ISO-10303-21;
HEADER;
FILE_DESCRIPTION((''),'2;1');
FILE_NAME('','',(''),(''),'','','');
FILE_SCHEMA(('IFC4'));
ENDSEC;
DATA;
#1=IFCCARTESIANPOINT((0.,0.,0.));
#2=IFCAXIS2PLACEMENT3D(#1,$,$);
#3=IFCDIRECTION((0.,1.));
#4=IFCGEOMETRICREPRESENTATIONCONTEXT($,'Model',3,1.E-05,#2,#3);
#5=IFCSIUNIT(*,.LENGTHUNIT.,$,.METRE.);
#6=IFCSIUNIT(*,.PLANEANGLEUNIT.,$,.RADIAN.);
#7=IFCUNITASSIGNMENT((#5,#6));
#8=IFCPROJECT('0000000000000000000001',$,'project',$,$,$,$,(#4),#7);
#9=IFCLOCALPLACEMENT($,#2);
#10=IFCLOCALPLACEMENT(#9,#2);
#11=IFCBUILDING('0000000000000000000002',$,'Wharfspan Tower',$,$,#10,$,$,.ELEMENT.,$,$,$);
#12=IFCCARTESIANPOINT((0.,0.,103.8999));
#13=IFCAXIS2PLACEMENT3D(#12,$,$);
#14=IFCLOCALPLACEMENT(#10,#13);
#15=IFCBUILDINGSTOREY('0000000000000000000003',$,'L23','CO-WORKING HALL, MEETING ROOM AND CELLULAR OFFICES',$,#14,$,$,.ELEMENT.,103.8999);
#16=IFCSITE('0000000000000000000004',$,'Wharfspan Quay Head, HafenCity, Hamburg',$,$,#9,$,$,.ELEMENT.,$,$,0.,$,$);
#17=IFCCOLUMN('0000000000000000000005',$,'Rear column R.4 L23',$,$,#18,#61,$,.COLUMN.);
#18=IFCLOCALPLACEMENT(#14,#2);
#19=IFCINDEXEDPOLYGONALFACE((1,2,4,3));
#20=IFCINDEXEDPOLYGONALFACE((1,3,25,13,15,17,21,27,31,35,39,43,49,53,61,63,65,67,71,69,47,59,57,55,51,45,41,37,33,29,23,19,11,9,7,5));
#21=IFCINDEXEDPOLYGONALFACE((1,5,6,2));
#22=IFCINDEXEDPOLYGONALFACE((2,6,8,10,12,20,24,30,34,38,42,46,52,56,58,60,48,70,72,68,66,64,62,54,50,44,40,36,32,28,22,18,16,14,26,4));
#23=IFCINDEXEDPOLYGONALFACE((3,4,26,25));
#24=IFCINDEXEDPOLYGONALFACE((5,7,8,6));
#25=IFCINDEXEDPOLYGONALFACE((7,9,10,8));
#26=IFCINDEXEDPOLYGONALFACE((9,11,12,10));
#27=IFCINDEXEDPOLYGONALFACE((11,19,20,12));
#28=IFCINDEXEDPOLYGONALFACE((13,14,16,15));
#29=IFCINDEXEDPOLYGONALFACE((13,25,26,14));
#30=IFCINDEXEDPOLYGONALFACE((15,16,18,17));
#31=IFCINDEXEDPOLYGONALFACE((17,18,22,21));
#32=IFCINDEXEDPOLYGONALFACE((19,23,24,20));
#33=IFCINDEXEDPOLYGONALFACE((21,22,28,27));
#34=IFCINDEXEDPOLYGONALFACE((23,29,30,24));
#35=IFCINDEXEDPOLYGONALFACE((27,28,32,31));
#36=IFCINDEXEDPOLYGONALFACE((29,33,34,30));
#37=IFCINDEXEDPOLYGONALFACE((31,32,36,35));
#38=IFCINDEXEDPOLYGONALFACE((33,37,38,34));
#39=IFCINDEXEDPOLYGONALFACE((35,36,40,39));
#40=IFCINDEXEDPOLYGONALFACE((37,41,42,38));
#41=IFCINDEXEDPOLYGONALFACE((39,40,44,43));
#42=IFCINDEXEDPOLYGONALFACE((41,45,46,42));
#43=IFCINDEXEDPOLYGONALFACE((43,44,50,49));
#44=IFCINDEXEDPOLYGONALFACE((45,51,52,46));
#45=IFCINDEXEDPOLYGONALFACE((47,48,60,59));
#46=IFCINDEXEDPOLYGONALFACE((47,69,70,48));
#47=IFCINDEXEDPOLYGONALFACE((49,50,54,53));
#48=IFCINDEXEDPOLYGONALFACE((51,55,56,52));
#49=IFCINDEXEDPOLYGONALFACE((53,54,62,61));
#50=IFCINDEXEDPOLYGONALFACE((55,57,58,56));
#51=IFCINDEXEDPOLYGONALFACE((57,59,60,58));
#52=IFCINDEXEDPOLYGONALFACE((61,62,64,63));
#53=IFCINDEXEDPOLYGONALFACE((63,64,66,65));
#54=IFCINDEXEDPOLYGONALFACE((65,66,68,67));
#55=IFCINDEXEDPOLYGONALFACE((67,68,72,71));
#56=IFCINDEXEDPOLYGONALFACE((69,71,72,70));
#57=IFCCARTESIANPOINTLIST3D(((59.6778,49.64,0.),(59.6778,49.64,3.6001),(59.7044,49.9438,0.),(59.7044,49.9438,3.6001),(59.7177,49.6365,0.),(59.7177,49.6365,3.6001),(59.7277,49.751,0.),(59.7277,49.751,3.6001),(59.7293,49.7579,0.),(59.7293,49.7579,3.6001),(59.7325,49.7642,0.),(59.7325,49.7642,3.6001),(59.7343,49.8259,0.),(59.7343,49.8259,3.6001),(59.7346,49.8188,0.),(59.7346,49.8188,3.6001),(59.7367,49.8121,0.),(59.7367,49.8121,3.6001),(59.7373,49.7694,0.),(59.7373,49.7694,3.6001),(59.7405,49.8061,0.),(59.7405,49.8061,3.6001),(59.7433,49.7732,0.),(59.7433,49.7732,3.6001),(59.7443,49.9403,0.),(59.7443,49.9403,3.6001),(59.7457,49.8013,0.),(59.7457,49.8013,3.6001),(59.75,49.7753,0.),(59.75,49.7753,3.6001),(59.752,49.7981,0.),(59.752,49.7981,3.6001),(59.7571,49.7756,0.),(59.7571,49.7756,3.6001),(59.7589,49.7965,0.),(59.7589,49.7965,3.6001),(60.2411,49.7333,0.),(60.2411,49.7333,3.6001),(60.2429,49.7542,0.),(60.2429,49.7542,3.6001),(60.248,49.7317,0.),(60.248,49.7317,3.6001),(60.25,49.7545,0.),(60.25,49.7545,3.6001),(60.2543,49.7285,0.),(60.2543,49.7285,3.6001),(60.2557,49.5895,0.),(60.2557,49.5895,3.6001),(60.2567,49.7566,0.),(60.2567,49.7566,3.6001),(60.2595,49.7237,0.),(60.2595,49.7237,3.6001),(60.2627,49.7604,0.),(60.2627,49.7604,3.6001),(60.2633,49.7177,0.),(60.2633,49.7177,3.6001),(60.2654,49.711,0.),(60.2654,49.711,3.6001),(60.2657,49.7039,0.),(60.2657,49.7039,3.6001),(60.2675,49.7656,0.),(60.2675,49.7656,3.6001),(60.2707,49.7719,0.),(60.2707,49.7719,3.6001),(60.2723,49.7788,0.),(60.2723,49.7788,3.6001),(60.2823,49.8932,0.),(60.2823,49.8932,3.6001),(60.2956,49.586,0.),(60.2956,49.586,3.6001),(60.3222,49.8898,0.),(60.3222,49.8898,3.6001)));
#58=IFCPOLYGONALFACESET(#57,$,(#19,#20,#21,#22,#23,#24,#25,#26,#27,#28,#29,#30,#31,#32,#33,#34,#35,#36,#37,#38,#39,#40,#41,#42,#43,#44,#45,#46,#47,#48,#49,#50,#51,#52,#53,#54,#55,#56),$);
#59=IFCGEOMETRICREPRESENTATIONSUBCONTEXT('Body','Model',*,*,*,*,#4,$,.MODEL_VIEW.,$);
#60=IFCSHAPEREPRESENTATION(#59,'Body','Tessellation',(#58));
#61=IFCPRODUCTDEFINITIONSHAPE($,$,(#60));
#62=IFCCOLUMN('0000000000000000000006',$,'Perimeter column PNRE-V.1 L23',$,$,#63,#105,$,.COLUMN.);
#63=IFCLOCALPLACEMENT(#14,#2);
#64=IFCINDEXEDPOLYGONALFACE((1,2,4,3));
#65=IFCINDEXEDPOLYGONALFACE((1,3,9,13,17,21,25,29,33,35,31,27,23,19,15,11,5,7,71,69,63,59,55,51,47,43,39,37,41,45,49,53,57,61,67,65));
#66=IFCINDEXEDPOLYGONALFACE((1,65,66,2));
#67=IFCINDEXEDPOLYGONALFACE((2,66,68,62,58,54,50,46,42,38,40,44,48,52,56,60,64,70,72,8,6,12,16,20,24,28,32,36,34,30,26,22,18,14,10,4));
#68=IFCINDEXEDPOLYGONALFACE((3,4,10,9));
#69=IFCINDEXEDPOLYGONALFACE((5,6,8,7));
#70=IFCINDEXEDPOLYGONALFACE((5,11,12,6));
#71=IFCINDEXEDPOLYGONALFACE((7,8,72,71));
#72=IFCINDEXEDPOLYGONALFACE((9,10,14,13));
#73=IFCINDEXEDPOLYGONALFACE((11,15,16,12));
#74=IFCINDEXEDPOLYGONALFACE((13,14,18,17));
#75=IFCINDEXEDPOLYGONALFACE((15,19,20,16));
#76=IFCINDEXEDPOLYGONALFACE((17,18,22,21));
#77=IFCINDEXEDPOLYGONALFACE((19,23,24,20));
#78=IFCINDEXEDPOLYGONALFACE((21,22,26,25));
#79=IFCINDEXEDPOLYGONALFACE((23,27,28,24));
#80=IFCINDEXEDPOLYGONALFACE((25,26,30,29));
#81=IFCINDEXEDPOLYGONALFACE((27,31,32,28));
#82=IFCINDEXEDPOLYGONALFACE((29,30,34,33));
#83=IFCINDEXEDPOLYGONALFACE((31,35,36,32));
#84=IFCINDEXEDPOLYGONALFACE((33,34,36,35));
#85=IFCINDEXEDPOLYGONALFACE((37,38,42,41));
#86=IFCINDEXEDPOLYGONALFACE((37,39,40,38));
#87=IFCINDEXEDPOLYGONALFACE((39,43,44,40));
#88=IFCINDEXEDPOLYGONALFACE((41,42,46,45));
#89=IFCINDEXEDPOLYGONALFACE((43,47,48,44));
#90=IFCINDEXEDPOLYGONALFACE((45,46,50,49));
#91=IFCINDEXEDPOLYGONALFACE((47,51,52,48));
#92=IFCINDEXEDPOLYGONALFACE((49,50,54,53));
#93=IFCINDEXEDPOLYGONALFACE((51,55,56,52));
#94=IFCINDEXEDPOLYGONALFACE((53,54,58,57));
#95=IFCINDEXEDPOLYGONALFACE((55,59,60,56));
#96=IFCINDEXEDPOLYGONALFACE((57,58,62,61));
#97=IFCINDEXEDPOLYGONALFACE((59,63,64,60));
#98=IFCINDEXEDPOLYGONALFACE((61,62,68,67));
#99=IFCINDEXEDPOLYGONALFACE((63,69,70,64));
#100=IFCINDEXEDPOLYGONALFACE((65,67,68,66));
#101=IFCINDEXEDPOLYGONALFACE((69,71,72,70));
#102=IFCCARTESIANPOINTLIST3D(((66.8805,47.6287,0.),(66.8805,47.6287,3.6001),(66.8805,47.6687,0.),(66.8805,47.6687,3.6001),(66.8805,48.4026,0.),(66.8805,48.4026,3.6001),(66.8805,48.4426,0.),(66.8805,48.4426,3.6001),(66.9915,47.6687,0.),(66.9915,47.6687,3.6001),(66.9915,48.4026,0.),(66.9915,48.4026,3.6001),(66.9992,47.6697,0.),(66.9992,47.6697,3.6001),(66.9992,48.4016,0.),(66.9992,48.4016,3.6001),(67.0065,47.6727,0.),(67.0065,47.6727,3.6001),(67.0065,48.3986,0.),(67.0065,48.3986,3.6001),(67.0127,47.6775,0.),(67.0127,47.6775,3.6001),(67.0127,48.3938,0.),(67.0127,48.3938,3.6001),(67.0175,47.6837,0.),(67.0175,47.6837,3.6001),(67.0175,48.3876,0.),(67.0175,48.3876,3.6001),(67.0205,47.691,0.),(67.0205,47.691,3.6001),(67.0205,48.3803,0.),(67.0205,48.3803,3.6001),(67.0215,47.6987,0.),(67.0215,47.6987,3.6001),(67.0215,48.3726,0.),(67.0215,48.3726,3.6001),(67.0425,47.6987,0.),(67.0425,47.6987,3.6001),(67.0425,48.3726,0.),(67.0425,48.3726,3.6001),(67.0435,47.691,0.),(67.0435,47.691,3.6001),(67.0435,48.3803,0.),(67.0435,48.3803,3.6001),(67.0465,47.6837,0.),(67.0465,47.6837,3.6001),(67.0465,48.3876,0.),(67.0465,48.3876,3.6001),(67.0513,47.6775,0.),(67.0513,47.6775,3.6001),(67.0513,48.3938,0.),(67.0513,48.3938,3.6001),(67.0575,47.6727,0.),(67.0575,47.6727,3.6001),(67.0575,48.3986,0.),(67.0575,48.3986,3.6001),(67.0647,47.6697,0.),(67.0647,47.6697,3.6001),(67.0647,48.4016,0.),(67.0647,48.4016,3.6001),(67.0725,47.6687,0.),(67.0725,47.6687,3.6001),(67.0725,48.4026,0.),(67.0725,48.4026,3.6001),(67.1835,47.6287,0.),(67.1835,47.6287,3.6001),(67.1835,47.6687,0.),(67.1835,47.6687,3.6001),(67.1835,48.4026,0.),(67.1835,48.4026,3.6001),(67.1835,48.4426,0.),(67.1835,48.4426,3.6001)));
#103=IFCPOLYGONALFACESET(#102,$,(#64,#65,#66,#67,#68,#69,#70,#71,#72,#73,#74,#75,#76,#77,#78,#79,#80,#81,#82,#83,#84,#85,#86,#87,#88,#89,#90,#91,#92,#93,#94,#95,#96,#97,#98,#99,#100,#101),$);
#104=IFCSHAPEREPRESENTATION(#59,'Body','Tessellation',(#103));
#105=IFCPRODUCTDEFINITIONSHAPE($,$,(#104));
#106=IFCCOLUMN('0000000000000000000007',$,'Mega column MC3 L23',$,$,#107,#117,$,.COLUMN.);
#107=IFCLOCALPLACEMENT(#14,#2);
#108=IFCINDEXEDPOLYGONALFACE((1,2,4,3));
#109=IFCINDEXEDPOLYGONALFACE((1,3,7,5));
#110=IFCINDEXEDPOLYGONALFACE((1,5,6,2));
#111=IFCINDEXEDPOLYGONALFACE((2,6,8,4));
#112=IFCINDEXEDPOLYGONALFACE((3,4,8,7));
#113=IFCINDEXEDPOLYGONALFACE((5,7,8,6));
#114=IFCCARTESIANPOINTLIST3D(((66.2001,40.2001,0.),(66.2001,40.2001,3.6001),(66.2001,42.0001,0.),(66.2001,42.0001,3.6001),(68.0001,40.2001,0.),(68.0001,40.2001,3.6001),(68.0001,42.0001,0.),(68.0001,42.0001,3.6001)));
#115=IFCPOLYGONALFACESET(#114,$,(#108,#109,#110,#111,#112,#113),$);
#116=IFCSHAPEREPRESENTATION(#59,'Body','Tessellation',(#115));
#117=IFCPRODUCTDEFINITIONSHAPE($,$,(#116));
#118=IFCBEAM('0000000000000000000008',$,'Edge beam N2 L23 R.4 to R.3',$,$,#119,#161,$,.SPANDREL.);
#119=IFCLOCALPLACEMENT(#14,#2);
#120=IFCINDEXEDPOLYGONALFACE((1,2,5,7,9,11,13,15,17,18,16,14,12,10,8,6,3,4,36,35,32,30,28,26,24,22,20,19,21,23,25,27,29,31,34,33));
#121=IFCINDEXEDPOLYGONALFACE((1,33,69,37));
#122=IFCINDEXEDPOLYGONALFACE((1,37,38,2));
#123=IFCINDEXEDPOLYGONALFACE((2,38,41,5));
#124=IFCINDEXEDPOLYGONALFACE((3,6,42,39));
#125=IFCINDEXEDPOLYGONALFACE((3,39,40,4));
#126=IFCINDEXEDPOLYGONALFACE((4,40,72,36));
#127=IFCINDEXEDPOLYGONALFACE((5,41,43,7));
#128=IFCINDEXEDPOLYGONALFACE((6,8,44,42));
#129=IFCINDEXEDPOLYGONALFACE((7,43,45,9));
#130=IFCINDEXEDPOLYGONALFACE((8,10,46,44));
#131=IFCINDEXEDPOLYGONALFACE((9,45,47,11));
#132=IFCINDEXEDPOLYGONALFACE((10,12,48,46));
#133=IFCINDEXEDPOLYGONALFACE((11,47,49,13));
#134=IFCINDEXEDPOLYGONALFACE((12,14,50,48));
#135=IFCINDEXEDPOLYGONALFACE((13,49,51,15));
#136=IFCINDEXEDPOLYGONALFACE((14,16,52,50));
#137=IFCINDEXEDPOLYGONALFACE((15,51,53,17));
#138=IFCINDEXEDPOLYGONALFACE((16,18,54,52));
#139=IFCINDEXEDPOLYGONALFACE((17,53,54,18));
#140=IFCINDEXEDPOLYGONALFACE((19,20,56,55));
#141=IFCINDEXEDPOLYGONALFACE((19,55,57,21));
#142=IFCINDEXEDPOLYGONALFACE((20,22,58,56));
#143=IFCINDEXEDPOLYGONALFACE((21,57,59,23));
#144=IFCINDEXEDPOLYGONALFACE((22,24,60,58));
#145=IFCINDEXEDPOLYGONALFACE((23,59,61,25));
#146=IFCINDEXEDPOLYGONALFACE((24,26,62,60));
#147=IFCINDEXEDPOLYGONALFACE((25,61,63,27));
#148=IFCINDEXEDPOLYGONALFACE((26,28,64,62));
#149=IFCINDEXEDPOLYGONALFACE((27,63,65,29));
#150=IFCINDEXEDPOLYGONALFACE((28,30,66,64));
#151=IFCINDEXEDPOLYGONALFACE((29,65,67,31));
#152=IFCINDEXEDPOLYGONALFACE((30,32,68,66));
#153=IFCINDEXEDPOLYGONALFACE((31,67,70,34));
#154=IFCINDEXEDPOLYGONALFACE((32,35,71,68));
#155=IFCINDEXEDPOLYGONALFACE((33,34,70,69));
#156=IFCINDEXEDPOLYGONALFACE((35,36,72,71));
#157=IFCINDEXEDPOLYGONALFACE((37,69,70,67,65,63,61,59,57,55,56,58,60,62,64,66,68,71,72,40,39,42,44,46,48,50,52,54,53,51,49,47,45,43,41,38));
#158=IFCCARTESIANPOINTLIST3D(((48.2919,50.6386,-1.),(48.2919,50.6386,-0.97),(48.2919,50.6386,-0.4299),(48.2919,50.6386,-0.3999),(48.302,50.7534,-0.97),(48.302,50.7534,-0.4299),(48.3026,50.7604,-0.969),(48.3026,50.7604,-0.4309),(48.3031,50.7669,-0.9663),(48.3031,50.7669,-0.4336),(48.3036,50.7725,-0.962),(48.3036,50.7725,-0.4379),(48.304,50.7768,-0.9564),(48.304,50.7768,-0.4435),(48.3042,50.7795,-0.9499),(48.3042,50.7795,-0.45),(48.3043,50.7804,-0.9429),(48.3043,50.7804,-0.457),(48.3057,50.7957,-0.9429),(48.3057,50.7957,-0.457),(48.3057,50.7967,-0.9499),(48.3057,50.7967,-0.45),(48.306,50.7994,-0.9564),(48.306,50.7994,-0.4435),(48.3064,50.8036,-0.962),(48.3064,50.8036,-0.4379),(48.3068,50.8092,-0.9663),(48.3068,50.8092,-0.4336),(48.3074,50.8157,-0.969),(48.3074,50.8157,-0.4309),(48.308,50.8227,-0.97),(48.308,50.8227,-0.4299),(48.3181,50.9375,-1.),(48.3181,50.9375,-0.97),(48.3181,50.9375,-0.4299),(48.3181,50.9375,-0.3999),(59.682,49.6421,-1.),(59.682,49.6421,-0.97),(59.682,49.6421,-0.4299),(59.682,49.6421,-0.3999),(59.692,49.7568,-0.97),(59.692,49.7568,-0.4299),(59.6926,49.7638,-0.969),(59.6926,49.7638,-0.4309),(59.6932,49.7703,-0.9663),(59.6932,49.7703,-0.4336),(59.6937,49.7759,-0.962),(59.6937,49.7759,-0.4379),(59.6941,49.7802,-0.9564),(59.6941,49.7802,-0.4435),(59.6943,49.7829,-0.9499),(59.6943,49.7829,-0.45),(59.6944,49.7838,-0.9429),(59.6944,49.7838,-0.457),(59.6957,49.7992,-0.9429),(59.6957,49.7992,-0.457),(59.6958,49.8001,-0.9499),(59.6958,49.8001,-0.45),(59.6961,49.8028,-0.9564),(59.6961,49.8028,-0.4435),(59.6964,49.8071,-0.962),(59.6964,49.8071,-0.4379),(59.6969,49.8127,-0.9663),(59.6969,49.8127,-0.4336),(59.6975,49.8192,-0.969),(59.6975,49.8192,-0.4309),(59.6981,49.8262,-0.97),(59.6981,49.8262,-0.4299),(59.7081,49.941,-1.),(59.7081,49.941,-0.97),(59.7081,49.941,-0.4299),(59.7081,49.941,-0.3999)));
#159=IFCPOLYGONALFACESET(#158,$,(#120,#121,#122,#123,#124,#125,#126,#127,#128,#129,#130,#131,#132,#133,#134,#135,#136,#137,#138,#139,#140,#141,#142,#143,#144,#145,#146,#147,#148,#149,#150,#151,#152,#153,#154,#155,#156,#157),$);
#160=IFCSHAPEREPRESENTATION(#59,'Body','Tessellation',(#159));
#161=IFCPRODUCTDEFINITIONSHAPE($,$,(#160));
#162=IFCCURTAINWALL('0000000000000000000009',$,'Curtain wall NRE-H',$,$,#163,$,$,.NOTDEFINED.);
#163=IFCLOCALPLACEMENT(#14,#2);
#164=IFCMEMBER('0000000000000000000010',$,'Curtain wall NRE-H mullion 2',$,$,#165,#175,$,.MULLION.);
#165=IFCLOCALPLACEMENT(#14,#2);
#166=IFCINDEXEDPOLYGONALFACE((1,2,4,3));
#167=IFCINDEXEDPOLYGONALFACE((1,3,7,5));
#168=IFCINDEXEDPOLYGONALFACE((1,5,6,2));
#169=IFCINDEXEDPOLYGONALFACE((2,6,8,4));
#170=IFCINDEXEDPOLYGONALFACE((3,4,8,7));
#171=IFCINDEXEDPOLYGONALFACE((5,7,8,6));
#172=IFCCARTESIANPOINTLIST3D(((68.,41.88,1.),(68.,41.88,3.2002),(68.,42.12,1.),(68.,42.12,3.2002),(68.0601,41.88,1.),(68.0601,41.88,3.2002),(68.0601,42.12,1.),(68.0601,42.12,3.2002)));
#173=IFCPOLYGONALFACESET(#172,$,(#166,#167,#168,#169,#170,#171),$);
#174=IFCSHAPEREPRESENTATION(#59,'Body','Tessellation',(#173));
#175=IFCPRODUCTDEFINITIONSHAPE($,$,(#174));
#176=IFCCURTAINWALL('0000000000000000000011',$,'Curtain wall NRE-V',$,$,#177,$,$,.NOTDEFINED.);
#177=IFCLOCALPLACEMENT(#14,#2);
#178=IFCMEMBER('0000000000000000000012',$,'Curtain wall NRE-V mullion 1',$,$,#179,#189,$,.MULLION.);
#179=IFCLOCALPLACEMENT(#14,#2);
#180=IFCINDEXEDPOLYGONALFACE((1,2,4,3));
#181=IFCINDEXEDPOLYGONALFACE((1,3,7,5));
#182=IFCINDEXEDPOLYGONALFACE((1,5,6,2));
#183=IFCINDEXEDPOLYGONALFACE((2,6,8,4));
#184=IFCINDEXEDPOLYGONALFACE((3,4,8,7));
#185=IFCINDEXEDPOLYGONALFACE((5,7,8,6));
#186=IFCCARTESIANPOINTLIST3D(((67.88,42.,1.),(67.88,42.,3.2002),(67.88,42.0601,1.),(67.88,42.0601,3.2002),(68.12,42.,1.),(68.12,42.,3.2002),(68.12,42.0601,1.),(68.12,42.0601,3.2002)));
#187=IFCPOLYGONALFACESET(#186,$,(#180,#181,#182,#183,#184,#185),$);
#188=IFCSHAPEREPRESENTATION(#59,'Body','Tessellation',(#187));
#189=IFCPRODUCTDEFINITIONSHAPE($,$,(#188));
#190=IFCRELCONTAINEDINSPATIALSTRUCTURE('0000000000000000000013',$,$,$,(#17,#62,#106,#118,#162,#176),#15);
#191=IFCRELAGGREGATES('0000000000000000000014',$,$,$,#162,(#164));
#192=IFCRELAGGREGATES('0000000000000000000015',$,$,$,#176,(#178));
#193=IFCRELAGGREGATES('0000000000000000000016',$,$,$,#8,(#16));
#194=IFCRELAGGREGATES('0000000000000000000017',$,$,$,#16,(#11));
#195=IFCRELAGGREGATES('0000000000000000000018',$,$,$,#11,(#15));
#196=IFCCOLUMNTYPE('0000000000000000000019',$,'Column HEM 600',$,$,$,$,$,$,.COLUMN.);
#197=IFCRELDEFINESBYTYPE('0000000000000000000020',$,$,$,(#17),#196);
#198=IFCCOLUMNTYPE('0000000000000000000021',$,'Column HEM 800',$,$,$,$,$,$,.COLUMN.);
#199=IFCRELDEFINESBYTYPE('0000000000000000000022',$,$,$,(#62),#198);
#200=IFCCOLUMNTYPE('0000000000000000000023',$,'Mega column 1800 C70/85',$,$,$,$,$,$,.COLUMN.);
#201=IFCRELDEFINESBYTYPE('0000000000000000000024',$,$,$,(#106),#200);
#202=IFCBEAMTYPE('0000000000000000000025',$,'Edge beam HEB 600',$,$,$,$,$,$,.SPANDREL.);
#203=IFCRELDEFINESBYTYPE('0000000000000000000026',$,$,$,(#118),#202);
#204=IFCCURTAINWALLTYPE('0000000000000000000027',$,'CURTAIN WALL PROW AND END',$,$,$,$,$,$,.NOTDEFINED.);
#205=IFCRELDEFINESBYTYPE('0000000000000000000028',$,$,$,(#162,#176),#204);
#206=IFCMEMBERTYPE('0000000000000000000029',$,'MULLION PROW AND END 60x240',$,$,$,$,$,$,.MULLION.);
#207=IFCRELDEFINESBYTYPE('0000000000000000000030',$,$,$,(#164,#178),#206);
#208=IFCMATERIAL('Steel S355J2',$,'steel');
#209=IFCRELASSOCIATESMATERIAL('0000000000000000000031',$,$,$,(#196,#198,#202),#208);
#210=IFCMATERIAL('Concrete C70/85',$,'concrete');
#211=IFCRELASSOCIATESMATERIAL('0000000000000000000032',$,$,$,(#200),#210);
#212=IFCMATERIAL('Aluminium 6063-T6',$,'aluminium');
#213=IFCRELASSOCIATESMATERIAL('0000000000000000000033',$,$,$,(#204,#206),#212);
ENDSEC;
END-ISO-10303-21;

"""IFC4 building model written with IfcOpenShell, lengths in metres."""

from ifc_helpers import new_model, si_unit, direction, frame, origin, origin_2d, place, context, subcontext, project, spatial, rectangle, i_section, extrude, material, material_profile, profile_set, type_object, element, aggregate, save


model = new_model("IFC4")

# Units and contexts
model_context = context("Model", 3, precision=1e-05, world=origin(), true_north=direction((0.0, 1.0)))
body_context = subcontext(model_context, "Body", "Model", "MODEL_VIEW")
ifc_project = project(units=[si_unit("LENGTHUNIT", "METRE"), si_unit("PLANEANGLEUNIT", "RADIAN")], contexts=[model_context])

# Site, building, storey
site_placement = place(None, origin())
site = spatial("IfcSite", under=ifc_project, at=site_placement, Name="Wharfspan Quay Head, HafenCity, Hamburg", CompositionType="ELEMENT", RefElevation=0.0)
building_placement = place(site_placement, origin())
building = spatial("IfcBuilding", under=site, at=building_placement, Name="Wharfspan Tower", CompositionType="ELEMENT")
storey_placement = place(building_placement, frame((0.0, 0.0, 103.8999)))
storey = spatial("IfcBuildingStorey", under=building, at=storey_placement, Name="L23", Description="CO-WORKING HALL, MEETING ROOM AND CELLULAR OFFICES", CompositionType="ELEMENT", Elevation=103.8999)

# Columns
ifc_material_1 = material(Name="Steel S355J2", Category="steel")
ifc_material_profile_1 = material_profile(ifc_material_1, i_section(OverallWidth=0.3049, OverallDepth=0.6201, WebThickness=0.021, FlangeThickness=0.04, FilletRadius=0.0271, at=origin_2d()))
ifc_profile_set_1 = profile_set([ifc_material_profile_1], Name="Steel S355J2")
column_type_1 = type_object("IfcColumnType", Name="Column HEM 600", PredefinedType="COLUMN", material=ifc_profile_set_1)
column_1_placement = place(storey_placement, frame((60.0, 49.7649, 0.0), z_axis=(0.0, 0.0, 1.0), x_axis=(0.087156, 0.996198, 0.0)))
element("IfcColumn", 1, at=column_1_placement, inside=storey, type_object=column_type_1, Name="Rear column R.4 L23", PredefinedType="COLUMN", context=body_context, shape_type="SweptSolid", body=[
    extrude(i_section(OverallWidth=0.3049, OverallDepth=0.6201, WebThickness=0.021, FlangeThickness=0.04, FilletRadius=0.0271, at=origin_2d()), origin(), (0.0, 0.0, 1.0), 3.6001),
])
ifc_material_profile_2 = material_profile(ifc_material_1, i_section(OverallWidth=0.303, OverallDepth=0.814, WebThickness=0.021, FlangeThickness=0.04, FilletRadius=0.03, at=origin_2d()))
ifc_profile_set_2 = profile_set([ifc_material_profile_2], Name="Steel S355J2")
column_type_2 = type_object("IfcColumnType", Name="Column HEM 800", PredefinedType="COLUMN", material=ifc_profile_set_2)
column_2_placement = place(storey_placement, frame((67.032, 48.0356, 0.0), z_axis=(0.0, 0.0, 1.0), x_axis=(1.0, 0.0, 0.0)))
element("IfcColumn", 2, at=column_2_placement, inside=storey, type_object=column_type_2, Name="Perimeter column PNRE-V.1 L23", PredefinedType="COLUMN", context=body_context, shape_type="SweptSolid", body=[
    extrude(i_section(OverallWidth=0.303, OverallDepth=0.814, WebThickness=0.021, FlangeThickness=0.04, FilletRadius=0.03, at=origin_2d()), origin(), (0.0, 0.0, 1.0), 3.6001),
])
ifc_material_2 = material(Name="Concrete C70/85", Category="concrete")
ifc_material_profile_3 = material_profile(ifc_material_2, rectangle(XDim=1.8, YDim=1.8, at=origin_2d()))
ifc_profile_set_3 = profile_set([ifc_material_profile_3], Name="Concrete C70/85")
column_type_3 = type_object("IfcColumnType", Name="Mega column 1800 C70/85", PredefinedType="COLUMN", material=ifc_profile_set_3)
column_3_placement = place(storey_placement, frame((67.1001, 41.1001, 0.0), z_axis=(0.0, 0.0, 1.0), x_axis=(1.0, 0.0, 0.0)))
element("IfcColumn", 3, at=column_3_placement, inside=storey, type_object=column_type_3, Name="Mega column MC3 L23", PredefinedType="COLUMN", context=body_context, shape_type="SweptSolid", body=[
    extrude(rectangle(XDim=1.8, YDim=1.8, at=origin_2d()), origin(), (0.0, 0.0, 1.0), 3.6001),
])

# Beam
ifc_material_profile_4 = material_profile(ifc_material_1, i_section(OverallWidth=0.3, OverallDepth=0.6001, WebThickness=0.0154, FlangeThickness=0.03, FilletRadius=0.0271, at=origin_2d()))
ifc_profile_set_4 = profile_set([ifc_material_profile_4], Name="Steel S355J2")
beam_type = type_object("IfcBeamType", Name="Edge beam HEB 600", PredefinedType="SPANDREL", material=ifc_profile_set_4)
beam_placement = place(storey_placement, frame((59.6951, 49.7915, -0.7), z_axis=(-0.996194, 0.087162, 0.0), x_axis=(-0.087162, -0.996194, 0.0)))
element("IfcBeam", 4, at=beam_placement, inside=storey, type_object=beam_type, Name="Edge beam N2 L23 R.4 to R.3", PredefinedType="SPANDREL", context=body_context, shape_type="SweptSolid", body=[
    extrude(i_section(OverallWidth=0.3, OverallDepth=0.6001, WebThickness=0.0154, FlangeThickness=0.03, FilletRadius=0.0271, at=origin_2d()), origin(), (0.0, 0.0, 1.0), 11.4336),
])

# Curtain wall, member
ifc_material_3 = material(Name="Aluminium 6063-T6", Category="aluminium")
curtain_wall_type = type_object("IfcCurtainWallType", Name="CURTAIN WALL PROW AND END", PredefinedType="NOTDEFINED", material=ifc_material_3)
curtain_wall_1_placement = place(storey_placement, origin())
curtain_wall_1 = element("IfcCurtainWall", 5, at=curtain_wall_1_placement, inside=storey, type_object=curtain_wall_type, Name="Curtain wall NRE-H", PredefinedType="NOTDEFINED")
ifc_material_profile_5 = material_profile(ifc_material_3, rectangle(XDim=0.24, YDim=0.0601, at=origin_2d()))
ifc_profile_set_5 = profile_set([ifc_material_profile_5], Name="Aluminium 6063-T6")
member_type_1 = type_object("IfcMemberType", Name="MULLION PROW AND END 60x240", PredefinedType="MULLION", material=ifc_profile_set_5)
member_1_placement = place(storey_placement, frame((68.03, 42.0, 1.0), z_axis=(0.0, 0.0, 1.0), x_axis=(0.0, -1.0, 0.0)))
member_1 = element("IfcMember", 6, at=member_1_placement, type_object=member_type_1, Name="Curtain wall NRE-H mullion 2", PredefinedType="MULLION", context=body_context, shape_type="SweptSolid", body=[
    extrude(rectangle(XDim=0.24, YDim=0.0601, at=origin_2d()), origin(), (0.0, 0.0, 1.0), 2.2002),
])
aggregate(curtain_wall_1, [member_1])

# Curtain wall, member
curtain_wall_2_placement = place(storey_placement, origin())
curtain_wall_2 = element("IfcCurtainWall", 7, at=curtain_wall_2_placement, inside=storey, type_object=curtain_wall_type, Name="Curtain wall NRE-V", PredefinedType="NOTDEFINED")
member_2_placement = place(storey_placement, frame((68.0, 42.03, 1.0), z_axis=(0.0, 0.0, 1.0), x_axis=(-1.0, 0.0, 0.0)))
member_2 = element("IfcMember", 8, at=member_2_placement, type_object=member_type_1, Name="Curtain wall NRE-V mullion 1", PredefinedType="MULLION", context=body_context, shape_type="SweptSolid", body=[
    extrude(rectangle(XDim=0.24, YDim=0.0601, at=origin_2d()), origin(), (0.0, 0.0, 1.0), 2.2002),
])
aggregate(curtain_wall_2, [member_2])

save(model, "model.ifc")
